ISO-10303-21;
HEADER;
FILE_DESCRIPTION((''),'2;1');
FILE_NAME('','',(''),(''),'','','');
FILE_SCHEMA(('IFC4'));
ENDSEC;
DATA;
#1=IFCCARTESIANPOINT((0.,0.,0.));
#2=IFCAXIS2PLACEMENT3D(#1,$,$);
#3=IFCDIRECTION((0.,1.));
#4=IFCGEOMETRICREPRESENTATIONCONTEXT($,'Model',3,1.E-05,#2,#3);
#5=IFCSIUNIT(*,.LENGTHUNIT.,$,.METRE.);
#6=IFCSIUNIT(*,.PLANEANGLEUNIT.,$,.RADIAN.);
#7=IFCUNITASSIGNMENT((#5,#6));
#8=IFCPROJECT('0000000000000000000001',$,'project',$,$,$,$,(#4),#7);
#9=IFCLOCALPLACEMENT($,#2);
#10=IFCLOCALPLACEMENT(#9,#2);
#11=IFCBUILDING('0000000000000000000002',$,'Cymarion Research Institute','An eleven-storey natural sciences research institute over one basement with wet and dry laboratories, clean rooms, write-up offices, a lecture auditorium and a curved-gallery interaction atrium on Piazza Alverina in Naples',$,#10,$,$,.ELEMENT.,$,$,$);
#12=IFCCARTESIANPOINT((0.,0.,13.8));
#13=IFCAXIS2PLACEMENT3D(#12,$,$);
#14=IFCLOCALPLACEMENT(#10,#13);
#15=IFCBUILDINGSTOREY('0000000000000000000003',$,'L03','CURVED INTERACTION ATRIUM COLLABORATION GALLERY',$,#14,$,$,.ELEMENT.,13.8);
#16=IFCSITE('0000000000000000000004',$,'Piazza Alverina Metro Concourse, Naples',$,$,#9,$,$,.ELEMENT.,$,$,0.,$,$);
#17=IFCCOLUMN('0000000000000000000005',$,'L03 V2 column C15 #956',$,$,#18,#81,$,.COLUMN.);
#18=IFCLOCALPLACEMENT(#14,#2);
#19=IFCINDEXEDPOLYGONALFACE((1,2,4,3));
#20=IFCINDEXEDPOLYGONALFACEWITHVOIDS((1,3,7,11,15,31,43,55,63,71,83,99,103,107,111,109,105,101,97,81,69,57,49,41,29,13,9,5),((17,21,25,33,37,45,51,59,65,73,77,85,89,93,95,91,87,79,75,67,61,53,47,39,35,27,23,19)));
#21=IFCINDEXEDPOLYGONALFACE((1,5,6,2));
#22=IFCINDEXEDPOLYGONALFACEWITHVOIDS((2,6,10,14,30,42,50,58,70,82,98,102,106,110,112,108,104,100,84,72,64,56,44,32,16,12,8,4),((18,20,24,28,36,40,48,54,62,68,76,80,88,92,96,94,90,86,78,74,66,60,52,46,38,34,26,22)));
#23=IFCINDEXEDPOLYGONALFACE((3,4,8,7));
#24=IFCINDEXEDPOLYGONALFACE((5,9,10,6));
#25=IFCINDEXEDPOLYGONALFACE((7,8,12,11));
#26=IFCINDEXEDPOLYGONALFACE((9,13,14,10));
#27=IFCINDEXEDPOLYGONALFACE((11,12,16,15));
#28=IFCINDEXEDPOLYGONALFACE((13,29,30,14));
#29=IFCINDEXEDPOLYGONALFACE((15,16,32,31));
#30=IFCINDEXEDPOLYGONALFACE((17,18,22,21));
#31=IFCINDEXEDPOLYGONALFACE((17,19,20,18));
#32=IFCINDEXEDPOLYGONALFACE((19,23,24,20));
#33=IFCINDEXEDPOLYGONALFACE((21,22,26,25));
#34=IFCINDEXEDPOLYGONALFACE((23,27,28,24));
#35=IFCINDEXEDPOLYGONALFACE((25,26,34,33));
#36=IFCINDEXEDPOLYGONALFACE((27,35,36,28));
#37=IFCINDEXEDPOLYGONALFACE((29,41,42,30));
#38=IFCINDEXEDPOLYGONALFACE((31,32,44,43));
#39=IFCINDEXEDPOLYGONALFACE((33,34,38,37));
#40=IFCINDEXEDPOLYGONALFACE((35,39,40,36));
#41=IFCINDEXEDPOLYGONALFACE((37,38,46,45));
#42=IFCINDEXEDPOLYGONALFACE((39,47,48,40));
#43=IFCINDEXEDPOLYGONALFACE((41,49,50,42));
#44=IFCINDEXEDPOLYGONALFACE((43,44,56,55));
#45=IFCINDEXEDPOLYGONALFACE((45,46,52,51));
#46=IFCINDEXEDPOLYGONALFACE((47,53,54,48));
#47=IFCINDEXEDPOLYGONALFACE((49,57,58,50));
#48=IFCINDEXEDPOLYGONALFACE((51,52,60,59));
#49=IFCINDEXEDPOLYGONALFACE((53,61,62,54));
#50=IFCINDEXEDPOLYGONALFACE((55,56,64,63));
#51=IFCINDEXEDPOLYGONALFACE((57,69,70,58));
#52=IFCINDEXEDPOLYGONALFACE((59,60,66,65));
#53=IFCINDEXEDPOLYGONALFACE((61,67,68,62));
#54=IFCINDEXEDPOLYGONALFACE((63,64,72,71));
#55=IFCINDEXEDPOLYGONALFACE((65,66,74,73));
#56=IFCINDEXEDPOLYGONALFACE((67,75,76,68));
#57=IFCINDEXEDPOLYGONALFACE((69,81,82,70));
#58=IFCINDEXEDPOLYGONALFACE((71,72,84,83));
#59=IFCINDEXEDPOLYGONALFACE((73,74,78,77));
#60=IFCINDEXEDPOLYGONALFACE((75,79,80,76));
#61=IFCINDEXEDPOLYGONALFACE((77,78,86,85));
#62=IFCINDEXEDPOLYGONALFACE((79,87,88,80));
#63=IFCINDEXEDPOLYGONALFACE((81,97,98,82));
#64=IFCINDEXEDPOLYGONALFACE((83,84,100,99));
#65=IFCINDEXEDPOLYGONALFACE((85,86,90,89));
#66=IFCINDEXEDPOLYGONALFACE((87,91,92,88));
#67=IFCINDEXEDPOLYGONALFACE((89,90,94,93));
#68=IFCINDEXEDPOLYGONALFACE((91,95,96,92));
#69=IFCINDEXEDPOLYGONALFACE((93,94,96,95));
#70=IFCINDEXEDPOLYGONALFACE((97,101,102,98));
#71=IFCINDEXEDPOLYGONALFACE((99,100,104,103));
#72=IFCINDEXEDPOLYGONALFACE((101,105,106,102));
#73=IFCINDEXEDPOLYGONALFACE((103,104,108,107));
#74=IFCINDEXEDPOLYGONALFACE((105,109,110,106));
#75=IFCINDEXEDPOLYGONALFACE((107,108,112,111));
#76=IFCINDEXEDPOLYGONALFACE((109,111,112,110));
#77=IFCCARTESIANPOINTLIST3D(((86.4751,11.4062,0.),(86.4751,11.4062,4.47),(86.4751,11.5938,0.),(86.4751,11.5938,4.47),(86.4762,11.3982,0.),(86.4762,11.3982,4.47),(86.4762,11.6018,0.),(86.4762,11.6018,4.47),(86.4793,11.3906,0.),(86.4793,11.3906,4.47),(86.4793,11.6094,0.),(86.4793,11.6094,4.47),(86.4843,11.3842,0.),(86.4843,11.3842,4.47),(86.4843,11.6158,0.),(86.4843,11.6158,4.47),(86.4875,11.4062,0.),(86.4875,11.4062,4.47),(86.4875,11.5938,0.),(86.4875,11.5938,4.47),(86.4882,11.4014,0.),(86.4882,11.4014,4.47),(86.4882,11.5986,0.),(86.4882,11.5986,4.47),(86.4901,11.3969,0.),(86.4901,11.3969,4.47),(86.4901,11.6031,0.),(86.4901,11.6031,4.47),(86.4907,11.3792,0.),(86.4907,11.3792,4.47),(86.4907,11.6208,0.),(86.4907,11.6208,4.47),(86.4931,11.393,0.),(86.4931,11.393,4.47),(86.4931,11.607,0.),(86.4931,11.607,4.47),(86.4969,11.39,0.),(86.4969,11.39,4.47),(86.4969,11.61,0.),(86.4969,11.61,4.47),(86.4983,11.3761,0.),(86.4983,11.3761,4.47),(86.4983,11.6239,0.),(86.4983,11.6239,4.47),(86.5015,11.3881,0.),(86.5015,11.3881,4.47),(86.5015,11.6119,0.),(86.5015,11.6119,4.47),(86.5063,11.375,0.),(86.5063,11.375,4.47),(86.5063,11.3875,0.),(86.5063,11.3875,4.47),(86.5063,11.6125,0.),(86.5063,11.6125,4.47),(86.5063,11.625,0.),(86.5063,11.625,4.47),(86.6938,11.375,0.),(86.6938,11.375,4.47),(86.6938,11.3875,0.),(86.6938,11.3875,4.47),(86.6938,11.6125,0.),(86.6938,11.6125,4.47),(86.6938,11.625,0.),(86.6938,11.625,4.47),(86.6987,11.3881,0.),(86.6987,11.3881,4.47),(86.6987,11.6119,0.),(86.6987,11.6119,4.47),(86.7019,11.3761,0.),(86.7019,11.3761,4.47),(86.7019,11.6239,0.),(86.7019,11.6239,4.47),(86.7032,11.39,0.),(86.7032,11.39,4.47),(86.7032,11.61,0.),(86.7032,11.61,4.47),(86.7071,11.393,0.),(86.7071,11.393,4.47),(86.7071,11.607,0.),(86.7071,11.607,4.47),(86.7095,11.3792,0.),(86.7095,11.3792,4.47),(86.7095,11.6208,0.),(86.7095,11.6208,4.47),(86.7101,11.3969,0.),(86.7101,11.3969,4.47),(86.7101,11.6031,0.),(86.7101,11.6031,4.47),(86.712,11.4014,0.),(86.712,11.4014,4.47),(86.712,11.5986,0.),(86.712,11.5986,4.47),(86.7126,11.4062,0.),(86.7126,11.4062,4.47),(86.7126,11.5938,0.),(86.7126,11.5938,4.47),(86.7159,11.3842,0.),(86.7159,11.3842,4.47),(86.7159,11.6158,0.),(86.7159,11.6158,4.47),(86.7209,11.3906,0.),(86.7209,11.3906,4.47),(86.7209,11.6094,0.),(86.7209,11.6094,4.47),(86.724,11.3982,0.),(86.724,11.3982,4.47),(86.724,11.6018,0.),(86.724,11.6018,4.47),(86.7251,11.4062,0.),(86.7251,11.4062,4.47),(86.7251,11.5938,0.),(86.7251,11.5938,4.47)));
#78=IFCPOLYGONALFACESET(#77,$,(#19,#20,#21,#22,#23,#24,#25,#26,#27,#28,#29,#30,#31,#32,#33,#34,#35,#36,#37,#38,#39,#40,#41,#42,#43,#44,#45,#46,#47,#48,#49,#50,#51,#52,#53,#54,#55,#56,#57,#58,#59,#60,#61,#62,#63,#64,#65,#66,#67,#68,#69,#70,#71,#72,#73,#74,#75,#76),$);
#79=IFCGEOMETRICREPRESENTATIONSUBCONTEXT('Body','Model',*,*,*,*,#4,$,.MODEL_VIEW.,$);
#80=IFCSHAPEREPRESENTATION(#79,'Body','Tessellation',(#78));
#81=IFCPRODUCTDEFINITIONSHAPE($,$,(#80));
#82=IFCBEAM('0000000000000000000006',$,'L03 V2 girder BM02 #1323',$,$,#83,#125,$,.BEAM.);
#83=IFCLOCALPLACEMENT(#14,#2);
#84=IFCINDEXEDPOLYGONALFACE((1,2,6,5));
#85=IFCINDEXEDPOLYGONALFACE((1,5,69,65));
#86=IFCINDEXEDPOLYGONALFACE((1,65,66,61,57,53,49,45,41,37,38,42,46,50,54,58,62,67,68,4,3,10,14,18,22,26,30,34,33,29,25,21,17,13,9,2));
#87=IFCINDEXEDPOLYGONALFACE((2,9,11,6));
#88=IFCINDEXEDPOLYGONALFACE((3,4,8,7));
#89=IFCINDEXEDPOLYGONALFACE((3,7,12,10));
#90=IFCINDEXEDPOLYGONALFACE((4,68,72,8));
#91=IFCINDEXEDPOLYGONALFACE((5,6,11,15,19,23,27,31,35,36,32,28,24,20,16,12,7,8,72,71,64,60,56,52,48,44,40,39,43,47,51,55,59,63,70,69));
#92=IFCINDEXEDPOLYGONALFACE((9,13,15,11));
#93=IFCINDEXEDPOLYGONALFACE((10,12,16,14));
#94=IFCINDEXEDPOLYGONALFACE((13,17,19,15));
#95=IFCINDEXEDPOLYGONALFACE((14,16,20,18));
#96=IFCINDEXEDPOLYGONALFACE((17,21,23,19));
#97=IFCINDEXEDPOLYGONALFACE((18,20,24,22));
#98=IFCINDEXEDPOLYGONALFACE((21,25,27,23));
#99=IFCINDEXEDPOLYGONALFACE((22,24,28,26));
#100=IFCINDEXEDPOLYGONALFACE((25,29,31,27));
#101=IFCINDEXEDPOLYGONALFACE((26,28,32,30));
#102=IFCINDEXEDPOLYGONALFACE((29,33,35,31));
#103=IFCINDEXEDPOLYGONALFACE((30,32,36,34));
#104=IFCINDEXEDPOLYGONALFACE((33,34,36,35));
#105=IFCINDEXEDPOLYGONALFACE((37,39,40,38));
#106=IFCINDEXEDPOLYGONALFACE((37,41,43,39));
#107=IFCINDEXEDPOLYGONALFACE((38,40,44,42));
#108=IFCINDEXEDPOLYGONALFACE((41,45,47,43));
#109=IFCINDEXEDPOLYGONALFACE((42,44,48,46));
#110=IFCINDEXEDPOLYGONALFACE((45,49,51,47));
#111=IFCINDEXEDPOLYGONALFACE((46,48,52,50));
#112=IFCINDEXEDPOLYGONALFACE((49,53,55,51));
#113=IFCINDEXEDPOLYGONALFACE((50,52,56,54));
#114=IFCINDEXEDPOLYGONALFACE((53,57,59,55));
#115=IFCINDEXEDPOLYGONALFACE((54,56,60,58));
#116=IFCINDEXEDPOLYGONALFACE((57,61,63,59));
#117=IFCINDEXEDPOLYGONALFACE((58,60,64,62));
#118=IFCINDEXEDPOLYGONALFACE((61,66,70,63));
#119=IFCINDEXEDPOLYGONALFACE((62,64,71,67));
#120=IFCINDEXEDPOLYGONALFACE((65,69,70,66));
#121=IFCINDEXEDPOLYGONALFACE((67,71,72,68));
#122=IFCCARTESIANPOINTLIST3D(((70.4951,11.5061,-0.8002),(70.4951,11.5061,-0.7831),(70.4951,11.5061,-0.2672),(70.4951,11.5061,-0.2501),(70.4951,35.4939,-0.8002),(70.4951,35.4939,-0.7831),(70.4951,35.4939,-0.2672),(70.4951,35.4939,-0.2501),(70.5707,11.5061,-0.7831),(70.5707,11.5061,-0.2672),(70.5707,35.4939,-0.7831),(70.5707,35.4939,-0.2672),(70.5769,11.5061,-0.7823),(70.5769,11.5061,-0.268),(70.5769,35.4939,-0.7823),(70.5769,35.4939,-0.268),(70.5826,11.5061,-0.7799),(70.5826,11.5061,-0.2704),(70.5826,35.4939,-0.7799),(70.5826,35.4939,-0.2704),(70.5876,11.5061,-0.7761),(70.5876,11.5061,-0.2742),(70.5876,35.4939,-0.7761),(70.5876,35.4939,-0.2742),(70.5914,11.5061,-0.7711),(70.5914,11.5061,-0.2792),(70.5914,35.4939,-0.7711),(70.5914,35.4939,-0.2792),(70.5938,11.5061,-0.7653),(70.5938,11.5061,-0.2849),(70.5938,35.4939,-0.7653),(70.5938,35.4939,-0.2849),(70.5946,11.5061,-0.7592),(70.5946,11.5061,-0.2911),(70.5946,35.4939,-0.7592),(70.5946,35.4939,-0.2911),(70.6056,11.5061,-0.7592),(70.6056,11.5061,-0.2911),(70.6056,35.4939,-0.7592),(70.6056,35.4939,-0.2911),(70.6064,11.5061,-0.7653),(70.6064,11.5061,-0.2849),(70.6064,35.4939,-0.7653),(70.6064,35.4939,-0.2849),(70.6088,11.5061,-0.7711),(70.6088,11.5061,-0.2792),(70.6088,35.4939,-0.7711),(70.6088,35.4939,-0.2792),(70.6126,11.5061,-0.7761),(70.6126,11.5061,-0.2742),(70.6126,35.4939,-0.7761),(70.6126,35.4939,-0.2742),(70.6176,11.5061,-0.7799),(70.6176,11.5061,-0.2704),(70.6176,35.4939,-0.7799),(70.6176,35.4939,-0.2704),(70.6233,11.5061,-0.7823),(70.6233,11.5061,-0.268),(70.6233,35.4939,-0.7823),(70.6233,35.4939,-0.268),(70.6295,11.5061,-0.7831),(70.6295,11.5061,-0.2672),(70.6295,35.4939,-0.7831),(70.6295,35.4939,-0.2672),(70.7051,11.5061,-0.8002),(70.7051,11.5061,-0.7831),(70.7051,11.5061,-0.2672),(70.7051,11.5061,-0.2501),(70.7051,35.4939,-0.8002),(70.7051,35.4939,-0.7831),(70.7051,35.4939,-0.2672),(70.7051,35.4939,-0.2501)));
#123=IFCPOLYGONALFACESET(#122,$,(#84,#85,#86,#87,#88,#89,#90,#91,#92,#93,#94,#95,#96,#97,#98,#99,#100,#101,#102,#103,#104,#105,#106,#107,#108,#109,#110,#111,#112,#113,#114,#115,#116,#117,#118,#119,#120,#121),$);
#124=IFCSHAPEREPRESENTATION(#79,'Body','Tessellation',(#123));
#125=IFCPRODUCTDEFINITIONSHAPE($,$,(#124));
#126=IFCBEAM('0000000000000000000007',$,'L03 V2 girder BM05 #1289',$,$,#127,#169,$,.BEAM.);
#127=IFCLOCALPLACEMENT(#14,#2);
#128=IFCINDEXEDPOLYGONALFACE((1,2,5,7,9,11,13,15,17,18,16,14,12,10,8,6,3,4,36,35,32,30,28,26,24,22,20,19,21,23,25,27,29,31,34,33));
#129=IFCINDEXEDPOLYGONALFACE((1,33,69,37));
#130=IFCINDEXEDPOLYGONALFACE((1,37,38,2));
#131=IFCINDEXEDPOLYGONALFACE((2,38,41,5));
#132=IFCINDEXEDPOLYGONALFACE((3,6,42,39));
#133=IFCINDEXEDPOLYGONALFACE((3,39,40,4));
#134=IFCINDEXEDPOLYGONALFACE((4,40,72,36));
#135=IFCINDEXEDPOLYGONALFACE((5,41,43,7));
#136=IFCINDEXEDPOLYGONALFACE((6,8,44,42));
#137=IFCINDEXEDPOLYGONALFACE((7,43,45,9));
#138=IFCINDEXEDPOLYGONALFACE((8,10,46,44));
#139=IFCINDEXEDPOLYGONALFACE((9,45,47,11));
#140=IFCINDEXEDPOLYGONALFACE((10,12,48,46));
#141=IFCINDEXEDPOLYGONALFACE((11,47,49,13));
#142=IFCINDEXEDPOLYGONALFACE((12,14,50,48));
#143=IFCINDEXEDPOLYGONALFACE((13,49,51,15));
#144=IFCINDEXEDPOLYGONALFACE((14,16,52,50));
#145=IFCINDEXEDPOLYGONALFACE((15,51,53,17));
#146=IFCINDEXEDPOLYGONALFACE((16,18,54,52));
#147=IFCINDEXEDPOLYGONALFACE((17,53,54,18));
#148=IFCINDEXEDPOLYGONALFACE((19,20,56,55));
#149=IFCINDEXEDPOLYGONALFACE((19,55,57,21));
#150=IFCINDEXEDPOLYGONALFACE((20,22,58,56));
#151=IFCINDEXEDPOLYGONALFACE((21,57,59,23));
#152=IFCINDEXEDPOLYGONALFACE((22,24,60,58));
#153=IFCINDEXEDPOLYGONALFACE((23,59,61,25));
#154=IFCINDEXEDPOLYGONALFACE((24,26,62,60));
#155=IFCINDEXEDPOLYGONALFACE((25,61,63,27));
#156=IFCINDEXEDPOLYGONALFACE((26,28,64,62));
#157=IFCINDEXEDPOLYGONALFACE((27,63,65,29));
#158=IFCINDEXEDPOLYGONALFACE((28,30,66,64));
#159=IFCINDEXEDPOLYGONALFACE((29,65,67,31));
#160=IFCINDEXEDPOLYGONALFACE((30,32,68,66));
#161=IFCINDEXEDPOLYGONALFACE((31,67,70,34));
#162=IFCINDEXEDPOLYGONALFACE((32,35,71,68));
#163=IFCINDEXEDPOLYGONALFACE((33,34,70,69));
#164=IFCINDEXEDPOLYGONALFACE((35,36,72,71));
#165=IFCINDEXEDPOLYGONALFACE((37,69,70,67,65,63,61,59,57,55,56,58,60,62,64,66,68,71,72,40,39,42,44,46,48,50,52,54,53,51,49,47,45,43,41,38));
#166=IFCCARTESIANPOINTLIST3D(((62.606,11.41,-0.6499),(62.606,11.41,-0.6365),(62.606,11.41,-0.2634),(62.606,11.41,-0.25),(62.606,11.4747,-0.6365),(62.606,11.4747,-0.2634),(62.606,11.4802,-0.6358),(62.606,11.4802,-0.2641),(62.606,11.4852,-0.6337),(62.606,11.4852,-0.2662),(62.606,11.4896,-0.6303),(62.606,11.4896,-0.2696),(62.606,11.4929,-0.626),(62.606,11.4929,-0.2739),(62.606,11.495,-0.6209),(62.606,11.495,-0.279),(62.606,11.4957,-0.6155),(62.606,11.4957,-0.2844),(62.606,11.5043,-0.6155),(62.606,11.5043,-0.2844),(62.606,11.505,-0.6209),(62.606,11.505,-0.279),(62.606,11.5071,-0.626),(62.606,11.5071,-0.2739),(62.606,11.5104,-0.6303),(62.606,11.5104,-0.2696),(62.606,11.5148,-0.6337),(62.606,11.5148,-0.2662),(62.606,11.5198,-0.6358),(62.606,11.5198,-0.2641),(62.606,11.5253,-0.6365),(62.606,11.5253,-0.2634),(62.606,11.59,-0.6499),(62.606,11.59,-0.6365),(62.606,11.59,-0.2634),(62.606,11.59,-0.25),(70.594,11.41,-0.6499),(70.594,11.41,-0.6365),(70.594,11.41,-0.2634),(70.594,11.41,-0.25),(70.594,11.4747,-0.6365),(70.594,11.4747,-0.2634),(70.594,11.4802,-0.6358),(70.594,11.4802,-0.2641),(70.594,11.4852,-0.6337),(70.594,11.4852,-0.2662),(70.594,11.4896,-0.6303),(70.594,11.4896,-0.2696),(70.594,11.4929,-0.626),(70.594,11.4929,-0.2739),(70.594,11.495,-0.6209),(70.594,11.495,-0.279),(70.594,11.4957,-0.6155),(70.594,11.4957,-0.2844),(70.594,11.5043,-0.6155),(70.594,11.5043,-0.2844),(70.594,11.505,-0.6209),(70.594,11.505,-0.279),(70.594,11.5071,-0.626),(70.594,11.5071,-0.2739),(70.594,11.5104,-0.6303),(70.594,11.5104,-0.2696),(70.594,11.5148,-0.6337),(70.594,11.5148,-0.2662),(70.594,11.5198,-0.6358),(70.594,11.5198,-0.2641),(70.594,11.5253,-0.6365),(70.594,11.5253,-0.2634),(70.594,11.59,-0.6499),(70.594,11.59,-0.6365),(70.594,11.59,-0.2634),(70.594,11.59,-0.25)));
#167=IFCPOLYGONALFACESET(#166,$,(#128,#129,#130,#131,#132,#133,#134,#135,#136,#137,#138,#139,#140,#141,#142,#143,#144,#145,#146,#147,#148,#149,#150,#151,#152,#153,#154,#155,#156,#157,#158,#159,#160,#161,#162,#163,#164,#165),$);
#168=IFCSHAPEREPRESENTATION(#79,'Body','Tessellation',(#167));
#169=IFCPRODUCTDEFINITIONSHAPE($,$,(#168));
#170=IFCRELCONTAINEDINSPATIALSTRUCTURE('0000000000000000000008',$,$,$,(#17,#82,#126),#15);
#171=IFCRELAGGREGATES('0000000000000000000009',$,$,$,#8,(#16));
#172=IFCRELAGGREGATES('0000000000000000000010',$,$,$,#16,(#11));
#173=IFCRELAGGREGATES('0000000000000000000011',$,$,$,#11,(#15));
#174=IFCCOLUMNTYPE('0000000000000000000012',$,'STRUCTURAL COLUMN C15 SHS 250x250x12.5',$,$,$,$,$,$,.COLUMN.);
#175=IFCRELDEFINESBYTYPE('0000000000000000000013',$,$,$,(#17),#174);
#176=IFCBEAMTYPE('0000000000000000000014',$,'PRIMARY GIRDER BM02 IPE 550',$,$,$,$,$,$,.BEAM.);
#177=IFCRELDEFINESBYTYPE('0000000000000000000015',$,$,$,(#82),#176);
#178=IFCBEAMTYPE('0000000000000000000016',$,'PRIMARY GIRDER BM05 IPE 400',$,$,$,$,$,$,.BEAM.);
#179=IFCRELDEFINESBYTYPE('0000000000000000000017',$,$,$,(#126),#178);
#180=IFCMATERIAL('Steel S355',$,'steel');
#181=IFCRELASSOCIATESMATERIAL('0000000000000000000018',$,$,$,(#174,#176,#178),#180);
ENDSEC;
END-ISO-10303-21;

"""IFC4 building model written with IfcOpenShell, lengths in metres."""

from ifc_helpers import new_model, si_unit, direction, frame, origin, origin_2d, place, context, subcontext, project, spatial, hollow_rectangle, i_section, extrude, material, material_profile, profile_set, type_object, element, save


model = new_model("IFC4")

# Units and contexts
model_context = context("Model", 3, precision=1e-05, world=origin(), true_north=direction((0.0, 1.0)))
body_context = subcontext(model_context, "Body", "Model", "MODEL_VIEW")
ifc_project = project(units=[si_unit("LENGTHUNIT", "METRE"), si_unit("PLANEANGLEUNIT", "RADIAN")], contexts=[model_context])

# Site, building, storey
site_placement = place(None, origin())
site = spatial("IfcSite", under=ifc_project, at=site_placement, Name="Piazza Alverina Metro Concourse, Naples", CompositionType="ELEMENT", RefElevation=0.0)
building_placement = place(site_placement, origin())
building = spatial("IfcBuilding", under=site, at=building_placement, Name="Cymarion Research Institute", Description="An eleven-storey natural sciences research institute over one basement with wet and dry laboratories, clean rooms, write-up offices, a lecture auditorium and a curved-gallery interaction atrium on Piazza Alverina in Naples", CompositionType="ELEMENT")
storey_placement = place(building_placement, frame((0.0, 0.0, 13.8)))
storey = spatial("IfcBuildingStorey", under=building, at=storey_placement, Name="L03", Description="CURVED INTERACTION ATRIUM COLLABORATION GALLERY", CompositionType="ELEMENT", Elevation=13.8)

# Column
ifc_material = material(Name="Steel S355", Category="steel")
ifc_material_profile_1 = material_profile(ifc_material, hollow_rectangle(XDim=0.25, YDim=0.25, WallThickness=0.0125, InnerFilletRadius=0.0188, OuterFilletRadius=0.0312, at=origin_2d()), Name="SHS 250x250x12.5")
ifc_profile_set_1 = profile_set([ifc_material_profile_1], Name="Steel S355")
column_type = type_object("IfcColumnType", Name="STRUCTURAL COLUMN C15 SHS 250x250x12.5", PredefinedType="COLUMN", material=ifc_profile_set_1)
for number, where, z_axis, x_axis, name in (
    (1, (86.6001, 11.5, 0.0), (0.0, 0.0, 1.0), (1.0, 0.0, 0.0), "L03 V2 column C15 #956"),
):
    element("IfcColumn", number, at=place(storey_placement, frame(where, z_axis=z_axis, x_axis=x_axis)), inside=storey, type_object=column_type, Name=name, PredefinedType="COLUMN", context=body_context, shape_type="SweptSolid", body=[
        extrude(hollow_rectangle(XDim=0.25, YDim=0.25, WallThickness=0.0125, InnerFilletRadius=0.0188, OuterFilletRadius=0.0312, at=origin_2d()), origin(), (0.0, 0.0, 1.0), 4.47),
    ])

# Beams
ifc_material_profile_2 = material_profile(ifc_material, i_section(OverallWidth=0.21, OverallDepth=0.55, WebThickness=0.011, FlangeThickness=0.0171, FilletRadius=0.0239, at=origin_2d()), Name="IPE 550")
ifc_profile_set_2 = profile_set([ifc_material_profile_2], Name="Steel S355")
beam_type_1 = type_object("IfcBeamType", Name="PRIMARY GIRDER BM02 IPE 550", PredefinedType="BEAM", material=ifc_profile_set_2)
beam_placement = place(storey_placement, frame((70.6001, 11.5061, -0.5251), z_axis=(0.0, 1.0, 0.0), x_axis=(-1.0, 0.0, 0.0)))
element("IfcBeam", 2, at=beam_placement, inside=storey, type_object=beam_type_1, Name="L03 V2 girder BM02 #1323", PredefinedType="BEAM", context=body_context, shape_type="SweptSolid", body=[
    extrude(i_section(OverallWidth=0.21, OverallDepth=0.55, WebThickness=0.011, FlangeThickness=0.0171, FilletRadius=0.0239, at=origin_2d()), origin(), (0.0, 0.0, 1.0), 23.9878),
])
ifc_material_profile_3 = material_profile(ifc_material, i_section(OverallWidth=0.1799, OverallDepth=0.3999, WebThickness=0.0085, FlangeThickness=0.0134, FilletRadius=0.021, at=origin_2d()), Name="IPE 400")
ifc_profile_set_3 = profile_set([ifc_material_profile_3], Name="Steel S355")
beam_type_2 = type_object("IfcBeamType", Name="PRIMARY GIRDER BM05 IPE 400", PredefinedType="BEAM", material=ifc_profile_set_3)
for number, where, z_axis, x_axis, name in (
    (3, (62.606, 11.5, -0.45), (1.0, 0.0, 0.0), (0.0, 1.0, 0.0), "L03 V2 girder BM05 #1289"),
):
    element("IfcBeam", number, at=place(storey_placement, frame(where, z_axis=z_axis, x_axis=x_axis)), inside=storey, type_object=beam_type_2, Name=name, PredefinedType="BEAM", context=body_context, shape_type="SweptSolid", body=[
        extrude(i_section(OverallWidth=0.1799, OverallDepth=0.3999, WebThickness=0.0085, FlangeThickness=0.0134, FilletRadius=0.021, at=origin_2d()), origin(), (0.0, 0.0, 1.0), 7.988),
    ])

save(model, "model.ifc")
